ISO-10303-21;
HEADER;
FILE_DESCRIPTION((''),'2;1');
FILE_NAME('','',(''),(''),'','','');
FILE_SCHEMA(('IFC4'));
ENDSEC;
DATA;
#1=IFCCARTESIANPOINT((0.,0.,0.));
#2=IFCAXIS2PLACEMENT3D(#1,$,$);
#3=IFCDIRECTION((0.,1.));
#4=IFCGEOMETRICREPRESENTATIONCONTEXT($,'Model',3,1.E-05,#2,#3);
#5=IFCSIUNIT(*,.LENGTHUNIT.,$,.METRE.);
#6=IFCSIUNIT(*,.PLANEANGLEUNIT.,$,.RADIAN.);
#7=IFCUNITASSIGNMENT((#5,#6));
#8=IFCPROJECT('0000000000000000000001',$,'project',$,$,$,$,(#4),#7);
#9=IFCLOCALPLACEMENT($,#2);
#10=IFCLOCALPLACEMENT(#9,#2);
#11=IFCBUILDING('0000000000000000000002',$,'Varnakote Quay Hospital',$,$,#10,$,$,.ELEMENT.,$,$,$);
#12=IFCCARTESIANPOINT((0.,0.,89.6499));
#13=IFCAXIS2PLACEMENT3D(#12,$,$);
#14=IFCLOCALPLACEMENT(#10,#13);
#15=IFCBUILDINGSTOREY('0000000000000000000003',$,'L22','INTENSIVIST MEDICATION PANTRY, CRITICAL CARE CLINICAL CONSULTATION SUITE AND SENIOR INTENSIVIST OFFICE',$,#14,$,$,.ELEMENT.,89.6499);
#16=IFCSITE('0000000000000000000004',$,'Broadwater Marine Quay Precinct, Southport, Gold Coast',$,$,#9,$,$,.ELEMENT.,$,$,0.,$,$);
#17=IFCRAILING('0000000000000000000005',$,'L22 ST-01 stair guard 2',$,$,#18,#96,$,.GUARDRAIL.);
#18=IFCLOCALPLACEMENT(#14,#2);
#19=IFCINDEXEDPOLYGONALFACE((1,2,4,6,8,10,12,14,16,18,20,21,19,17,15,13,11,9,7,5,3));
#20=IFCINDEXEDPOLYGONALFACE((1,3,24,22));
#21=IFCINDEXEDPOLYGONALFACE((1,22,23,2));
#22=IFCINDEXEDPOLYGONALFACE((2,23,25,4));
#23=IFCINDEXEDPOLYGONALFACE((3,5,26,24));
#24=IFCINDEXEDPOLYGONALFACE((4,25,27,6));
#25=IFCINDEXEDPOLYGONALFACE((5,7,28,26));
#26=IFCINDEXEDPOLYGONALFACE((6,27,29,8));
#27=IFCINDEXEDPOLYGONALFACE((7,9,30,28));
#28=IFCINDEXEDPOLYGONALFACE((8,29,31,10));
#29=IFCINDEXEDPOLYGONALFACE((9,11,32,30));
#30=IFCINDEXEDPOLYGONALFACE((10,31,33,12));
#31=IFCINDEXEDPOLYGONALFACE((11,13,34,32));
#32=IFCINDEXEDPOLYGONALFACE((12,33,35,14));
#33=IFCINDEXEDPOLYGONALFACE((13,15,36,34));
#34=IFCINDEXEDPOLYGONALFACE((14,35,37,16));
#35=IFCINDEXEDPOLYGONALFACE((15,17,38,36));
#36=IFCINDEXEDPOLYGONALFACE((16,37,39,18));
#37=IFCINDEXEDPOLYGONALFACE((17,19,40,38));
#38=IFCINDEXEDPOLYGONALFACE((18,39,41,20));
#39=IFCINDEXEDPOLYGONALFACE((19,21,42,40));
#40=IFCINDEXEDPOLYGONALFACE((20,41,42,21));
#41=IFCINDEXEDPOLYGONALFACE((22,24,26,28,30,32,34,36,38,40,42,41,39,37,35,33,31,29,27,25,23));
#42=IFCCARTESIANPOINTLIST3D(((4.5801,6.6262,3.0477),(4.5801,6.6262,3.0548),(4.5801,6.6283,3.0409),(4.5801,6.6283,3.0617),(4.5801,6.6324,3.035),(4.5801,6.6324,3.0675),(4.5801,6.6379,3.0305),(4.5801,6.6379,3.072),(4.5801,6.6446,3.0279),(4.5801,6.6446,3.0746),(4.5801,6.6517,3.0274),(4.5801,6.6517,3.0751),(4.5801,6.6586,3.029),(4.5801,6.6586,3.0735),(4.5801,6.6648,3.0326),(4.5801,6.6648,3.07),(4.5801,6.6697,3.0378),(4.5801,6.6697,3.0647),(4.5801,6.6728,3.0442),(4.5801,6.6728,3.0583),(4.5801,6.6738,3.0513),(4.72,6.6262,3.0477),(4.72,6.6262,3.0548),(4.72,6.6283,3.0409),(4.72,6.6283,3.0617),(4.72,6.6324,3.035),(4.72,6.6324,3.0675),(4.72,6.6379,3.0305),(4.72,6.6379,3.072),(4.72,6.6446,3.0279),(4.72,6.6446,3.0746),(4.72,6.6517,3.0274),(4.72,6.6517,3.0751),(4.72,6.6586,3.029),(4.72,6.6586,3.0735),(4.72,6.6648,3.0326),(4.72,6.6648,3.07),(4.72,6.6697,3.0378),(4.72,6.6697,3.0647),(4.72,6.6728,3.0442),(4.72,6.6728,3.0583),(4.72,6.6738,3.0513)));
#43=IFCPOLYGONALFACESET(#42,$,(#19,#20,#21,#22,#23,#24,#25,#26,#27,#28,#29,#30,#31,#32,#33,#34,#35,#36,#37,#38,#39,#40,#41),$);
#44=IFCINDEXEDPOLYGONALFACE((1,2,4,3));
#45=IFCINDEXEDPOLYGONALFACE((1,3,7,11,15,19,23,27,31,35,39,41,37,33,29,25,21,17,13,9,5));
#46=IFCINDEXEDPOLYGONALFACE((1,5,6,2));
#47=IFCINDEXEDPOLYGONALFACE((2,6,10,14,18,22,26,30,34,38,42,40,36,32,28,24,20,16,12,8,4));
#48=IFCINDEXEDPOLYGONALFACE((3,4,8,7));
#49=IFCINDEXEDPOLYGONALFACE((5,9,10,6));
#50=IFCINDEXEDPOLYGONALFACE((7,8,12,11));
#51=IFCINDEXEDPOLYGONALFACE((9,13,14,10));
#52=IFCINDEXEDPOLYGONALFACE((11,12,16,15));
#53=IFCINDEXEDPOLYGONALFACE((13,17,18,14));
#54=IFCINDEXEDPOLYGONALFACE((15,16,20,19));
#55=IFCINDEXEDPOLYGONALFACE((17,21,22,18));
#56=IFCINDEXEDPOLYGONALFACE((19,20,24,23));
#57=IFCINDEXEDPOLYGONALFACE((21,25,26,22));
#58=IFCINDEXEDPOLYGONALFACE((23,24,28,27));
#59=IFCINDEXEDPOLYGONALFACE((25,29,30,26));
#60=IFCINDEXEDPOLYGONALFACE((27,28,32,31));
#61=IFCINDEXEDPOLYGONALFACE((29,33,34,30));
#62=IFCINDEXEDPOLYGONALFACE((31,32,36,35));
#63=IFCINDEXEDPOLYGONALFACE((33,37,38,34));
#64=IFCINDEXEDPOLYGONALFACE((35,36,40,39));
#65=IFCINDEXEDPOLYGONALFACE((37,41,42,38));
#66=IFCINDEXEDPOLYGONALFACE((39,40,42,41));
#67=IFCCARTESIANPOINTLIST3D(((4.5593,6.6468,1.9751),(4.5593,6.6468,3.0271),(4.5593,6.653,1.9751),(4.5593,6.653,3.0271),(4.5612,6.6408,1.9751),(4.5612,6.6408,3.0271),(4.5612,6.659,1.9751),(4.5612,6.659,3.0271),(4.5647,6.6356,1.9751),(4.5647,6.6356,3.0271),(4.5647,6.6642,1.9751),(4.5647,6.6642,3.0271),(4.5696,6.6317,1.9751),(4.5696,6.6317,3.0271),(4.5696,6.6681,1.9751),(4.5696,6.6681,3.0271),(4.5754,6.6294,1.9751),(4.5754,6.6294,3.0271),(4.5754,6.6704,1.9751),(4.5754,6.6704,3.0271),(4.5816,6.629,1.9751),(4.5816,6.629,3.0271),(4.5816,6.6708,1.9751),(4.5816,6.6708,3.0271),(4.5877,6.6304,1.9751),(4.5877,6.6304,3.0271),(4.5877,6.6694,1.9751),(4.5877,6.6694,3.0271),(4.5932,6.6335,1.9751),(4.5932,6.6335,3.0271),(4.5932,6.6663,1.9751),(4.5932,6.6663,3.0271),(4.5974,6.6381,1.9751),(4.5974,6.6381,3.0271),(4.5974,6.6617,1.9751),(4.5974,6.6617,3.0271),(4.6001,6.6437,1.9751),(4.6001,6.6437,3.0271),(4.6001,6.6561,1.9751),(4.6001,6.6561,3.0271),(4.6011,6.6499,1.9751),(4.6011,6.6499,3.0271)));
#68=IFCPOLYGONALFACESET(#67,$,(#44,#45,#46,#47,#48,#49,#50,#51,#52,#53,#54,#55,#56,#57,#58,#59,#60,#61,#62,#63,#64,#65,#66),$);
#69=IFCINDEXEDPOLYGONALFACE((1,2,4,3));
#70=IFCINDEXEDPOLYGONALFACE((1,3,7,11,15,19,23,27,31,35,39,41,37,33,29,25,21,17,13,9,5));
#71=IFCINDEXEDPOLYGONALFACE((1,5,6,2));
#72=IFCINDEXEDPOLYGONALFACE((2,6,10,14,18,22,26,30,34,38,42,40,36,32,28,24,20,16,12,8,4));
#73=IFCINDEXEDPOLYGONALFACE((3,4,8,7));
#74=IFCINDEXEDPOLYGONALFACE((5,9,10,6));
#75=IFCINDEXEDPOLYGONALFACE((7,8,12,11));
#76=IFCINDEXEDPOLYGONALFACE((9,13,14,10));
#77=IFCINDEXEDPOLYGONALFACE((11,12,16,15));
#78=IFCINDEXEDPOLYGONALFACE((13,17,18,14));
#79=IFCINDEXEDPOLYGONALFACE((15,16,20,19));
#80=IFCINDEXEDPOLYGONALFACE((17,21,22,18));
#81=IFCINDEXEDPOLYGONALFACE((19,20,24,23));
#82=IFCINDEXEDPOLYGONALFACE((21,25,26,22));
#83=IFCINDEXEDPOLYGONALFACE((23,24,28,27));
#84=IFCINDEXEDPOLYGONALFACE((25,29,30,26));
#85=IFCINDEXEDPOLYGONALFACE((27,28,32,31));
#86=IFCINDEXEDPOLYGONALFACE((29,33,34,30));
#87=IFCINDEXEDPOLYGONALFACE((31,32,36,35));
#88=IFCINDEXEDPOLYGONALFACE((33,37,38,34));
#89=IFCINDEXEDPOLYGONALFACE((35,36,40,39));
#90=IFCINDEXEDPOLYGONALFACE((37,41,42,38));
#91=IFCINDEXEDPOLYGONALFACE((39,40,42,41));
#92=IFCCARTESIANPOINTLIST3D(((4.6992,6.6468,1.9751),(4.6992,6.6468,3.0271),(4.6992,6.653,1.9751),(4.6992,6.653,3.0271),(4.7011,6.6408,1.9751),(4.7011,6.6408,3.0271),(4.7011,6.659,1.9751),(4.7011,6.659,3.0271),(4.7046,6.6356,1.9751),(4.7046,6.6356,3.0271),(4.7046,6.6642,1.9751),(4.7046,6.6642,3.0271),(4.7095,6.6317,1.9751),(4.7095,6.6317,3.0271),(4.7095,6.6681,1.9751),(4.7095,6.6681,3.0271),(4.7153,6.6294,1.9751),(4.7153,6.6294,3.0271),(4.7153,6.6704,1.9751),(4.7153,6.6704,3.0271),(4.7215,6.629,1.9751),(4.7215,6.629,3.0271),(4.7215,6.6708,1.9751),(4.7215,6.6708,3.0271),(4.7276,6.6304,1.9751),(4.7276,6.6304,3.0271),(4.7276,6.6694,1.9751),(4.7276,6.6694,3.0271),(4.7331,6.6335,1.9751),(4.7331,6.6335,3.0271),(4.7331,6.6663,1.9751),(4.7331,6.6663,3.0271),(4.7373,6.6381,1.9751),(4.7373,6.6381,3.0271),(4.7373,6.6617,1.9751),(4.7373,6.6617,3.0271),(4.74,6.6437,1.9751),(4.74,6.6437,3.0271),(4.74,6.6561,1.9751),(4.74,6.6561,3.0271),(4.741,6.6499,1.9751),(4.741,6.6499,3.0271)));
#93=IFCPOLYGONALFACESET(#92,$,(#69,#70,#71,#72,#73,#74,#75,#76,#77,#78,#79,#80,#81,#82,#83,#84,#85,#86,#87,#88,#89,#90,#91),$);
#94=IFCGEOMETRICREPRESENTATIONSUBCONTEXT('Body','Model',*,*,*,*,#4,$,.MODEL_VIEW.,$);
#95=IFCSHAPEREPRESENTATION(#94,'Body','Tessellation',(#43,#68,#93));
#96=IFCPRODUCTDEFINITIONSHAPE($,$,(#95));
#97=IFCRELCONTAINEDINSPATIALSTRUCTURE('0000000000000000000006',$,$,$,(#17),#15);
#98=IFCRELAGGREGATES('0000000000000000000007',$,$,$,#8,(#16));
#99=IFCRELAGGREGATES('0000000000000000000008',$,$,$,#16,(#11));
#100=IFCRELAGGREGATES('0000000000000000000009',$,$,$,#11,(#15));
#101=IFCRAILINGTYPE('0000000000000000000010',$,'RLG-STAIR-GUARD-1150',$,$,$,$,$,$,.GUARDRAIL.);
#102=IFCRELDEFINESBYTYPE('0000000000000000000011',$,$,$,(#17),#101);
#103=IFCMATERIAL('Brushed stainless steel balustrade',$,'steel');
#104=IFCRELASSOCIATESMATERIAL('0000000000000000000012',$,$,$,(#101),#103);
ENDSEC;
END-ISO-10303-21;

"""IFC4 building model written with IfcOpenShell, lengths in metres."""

from ifc_helpers import new_model, si_unit, direction, frame, origin, origin_2d, place, context, subcontext, project, spatial, circle, extrude, material, type_object, element, save


model = new_model("IFC4")

# Units and contexts
model_context = context("Model", 3, precision=1e-05, world=origin(), true_north=direction((0.0, 1.0)))
body_context = subcontext(model_context, "Body", "Model", "MODEL_VIEW")
ifc_project = project(units=[si_unit("LENGTHUNIT", "METRE"), si_unit("PLANEANGLEUNIT", "RADIAN")], contexts=[model_context])

# Site, building, storey
site_placement = place(None, origin())
site = spatial("IfcSite", under=ifc_project, at=site_placement, Name="Broadwater Marine Quay Precinct, Southport, Gold Coast", CompositionType="ELEMENT", RefElevation=0.0)
building_placement = place(site_placement, origin())
building = spatial("IfcBuilding", under=site, at=building_placement, Name="Varnakote Quay Hospital", CompositionType="ELEMENT")
storey_placement = place(building_placement, frame((0.0, 0.0, 89.6499)))
storey = spatial("IfcBuildingStorey", under=building, at=storey_placement, Name="L22", Description="INTENSIVIST MEDICATION PANTRY, CRITICAL CARE CLINICAL CONSULTATION SUITE AND SENIOR INTENSIVIST OFFICE", CompositionType="ELEMENT", Elevation=89.6499)

# Railing
ifc_material_1 = material(Name="Brushed stainless steel balustrade", Category="steel")
railing_type_1 = type_object("IfcRailingType", Name="RLG-STAIR-GUARD-1150", PredefinedType="GUARDRAIL", material=ifc_material_1)
railing_1_placement = place(storey_placement, frame((4.5801, 6.6499, 1.9751)))
element("IfcRailing", 1, at=railing_1_placement, inside=storey, type_object=railing_type_1, Name="L22 ST-01 stair guard 2", PredefinedType="GUARDRAIL", context=body_context, shape_type="SweptSolid", body=[
    extrude(circle(Radius=0.0239, at=origin_2d()), frame((0.0, 0.0, 1.0762), z_axis=(1.0, 0.0, 0.0), x_axis=(0.0, 1.0, 0.0)), (0.0, 0.0, 1.0), 0.1399),
    extrude(circle(Radius=0.021, at=origin_2d()), origin(), (0.0, 0.0, 1.0), 1.052),
    extrude(circle(Radius=0.021, at=origin_2d()), frame((0.1399, 0.0, 0.0)), (0.0, 0.0, 1.0), 1.052),
])

save(model, "model.ifc")
